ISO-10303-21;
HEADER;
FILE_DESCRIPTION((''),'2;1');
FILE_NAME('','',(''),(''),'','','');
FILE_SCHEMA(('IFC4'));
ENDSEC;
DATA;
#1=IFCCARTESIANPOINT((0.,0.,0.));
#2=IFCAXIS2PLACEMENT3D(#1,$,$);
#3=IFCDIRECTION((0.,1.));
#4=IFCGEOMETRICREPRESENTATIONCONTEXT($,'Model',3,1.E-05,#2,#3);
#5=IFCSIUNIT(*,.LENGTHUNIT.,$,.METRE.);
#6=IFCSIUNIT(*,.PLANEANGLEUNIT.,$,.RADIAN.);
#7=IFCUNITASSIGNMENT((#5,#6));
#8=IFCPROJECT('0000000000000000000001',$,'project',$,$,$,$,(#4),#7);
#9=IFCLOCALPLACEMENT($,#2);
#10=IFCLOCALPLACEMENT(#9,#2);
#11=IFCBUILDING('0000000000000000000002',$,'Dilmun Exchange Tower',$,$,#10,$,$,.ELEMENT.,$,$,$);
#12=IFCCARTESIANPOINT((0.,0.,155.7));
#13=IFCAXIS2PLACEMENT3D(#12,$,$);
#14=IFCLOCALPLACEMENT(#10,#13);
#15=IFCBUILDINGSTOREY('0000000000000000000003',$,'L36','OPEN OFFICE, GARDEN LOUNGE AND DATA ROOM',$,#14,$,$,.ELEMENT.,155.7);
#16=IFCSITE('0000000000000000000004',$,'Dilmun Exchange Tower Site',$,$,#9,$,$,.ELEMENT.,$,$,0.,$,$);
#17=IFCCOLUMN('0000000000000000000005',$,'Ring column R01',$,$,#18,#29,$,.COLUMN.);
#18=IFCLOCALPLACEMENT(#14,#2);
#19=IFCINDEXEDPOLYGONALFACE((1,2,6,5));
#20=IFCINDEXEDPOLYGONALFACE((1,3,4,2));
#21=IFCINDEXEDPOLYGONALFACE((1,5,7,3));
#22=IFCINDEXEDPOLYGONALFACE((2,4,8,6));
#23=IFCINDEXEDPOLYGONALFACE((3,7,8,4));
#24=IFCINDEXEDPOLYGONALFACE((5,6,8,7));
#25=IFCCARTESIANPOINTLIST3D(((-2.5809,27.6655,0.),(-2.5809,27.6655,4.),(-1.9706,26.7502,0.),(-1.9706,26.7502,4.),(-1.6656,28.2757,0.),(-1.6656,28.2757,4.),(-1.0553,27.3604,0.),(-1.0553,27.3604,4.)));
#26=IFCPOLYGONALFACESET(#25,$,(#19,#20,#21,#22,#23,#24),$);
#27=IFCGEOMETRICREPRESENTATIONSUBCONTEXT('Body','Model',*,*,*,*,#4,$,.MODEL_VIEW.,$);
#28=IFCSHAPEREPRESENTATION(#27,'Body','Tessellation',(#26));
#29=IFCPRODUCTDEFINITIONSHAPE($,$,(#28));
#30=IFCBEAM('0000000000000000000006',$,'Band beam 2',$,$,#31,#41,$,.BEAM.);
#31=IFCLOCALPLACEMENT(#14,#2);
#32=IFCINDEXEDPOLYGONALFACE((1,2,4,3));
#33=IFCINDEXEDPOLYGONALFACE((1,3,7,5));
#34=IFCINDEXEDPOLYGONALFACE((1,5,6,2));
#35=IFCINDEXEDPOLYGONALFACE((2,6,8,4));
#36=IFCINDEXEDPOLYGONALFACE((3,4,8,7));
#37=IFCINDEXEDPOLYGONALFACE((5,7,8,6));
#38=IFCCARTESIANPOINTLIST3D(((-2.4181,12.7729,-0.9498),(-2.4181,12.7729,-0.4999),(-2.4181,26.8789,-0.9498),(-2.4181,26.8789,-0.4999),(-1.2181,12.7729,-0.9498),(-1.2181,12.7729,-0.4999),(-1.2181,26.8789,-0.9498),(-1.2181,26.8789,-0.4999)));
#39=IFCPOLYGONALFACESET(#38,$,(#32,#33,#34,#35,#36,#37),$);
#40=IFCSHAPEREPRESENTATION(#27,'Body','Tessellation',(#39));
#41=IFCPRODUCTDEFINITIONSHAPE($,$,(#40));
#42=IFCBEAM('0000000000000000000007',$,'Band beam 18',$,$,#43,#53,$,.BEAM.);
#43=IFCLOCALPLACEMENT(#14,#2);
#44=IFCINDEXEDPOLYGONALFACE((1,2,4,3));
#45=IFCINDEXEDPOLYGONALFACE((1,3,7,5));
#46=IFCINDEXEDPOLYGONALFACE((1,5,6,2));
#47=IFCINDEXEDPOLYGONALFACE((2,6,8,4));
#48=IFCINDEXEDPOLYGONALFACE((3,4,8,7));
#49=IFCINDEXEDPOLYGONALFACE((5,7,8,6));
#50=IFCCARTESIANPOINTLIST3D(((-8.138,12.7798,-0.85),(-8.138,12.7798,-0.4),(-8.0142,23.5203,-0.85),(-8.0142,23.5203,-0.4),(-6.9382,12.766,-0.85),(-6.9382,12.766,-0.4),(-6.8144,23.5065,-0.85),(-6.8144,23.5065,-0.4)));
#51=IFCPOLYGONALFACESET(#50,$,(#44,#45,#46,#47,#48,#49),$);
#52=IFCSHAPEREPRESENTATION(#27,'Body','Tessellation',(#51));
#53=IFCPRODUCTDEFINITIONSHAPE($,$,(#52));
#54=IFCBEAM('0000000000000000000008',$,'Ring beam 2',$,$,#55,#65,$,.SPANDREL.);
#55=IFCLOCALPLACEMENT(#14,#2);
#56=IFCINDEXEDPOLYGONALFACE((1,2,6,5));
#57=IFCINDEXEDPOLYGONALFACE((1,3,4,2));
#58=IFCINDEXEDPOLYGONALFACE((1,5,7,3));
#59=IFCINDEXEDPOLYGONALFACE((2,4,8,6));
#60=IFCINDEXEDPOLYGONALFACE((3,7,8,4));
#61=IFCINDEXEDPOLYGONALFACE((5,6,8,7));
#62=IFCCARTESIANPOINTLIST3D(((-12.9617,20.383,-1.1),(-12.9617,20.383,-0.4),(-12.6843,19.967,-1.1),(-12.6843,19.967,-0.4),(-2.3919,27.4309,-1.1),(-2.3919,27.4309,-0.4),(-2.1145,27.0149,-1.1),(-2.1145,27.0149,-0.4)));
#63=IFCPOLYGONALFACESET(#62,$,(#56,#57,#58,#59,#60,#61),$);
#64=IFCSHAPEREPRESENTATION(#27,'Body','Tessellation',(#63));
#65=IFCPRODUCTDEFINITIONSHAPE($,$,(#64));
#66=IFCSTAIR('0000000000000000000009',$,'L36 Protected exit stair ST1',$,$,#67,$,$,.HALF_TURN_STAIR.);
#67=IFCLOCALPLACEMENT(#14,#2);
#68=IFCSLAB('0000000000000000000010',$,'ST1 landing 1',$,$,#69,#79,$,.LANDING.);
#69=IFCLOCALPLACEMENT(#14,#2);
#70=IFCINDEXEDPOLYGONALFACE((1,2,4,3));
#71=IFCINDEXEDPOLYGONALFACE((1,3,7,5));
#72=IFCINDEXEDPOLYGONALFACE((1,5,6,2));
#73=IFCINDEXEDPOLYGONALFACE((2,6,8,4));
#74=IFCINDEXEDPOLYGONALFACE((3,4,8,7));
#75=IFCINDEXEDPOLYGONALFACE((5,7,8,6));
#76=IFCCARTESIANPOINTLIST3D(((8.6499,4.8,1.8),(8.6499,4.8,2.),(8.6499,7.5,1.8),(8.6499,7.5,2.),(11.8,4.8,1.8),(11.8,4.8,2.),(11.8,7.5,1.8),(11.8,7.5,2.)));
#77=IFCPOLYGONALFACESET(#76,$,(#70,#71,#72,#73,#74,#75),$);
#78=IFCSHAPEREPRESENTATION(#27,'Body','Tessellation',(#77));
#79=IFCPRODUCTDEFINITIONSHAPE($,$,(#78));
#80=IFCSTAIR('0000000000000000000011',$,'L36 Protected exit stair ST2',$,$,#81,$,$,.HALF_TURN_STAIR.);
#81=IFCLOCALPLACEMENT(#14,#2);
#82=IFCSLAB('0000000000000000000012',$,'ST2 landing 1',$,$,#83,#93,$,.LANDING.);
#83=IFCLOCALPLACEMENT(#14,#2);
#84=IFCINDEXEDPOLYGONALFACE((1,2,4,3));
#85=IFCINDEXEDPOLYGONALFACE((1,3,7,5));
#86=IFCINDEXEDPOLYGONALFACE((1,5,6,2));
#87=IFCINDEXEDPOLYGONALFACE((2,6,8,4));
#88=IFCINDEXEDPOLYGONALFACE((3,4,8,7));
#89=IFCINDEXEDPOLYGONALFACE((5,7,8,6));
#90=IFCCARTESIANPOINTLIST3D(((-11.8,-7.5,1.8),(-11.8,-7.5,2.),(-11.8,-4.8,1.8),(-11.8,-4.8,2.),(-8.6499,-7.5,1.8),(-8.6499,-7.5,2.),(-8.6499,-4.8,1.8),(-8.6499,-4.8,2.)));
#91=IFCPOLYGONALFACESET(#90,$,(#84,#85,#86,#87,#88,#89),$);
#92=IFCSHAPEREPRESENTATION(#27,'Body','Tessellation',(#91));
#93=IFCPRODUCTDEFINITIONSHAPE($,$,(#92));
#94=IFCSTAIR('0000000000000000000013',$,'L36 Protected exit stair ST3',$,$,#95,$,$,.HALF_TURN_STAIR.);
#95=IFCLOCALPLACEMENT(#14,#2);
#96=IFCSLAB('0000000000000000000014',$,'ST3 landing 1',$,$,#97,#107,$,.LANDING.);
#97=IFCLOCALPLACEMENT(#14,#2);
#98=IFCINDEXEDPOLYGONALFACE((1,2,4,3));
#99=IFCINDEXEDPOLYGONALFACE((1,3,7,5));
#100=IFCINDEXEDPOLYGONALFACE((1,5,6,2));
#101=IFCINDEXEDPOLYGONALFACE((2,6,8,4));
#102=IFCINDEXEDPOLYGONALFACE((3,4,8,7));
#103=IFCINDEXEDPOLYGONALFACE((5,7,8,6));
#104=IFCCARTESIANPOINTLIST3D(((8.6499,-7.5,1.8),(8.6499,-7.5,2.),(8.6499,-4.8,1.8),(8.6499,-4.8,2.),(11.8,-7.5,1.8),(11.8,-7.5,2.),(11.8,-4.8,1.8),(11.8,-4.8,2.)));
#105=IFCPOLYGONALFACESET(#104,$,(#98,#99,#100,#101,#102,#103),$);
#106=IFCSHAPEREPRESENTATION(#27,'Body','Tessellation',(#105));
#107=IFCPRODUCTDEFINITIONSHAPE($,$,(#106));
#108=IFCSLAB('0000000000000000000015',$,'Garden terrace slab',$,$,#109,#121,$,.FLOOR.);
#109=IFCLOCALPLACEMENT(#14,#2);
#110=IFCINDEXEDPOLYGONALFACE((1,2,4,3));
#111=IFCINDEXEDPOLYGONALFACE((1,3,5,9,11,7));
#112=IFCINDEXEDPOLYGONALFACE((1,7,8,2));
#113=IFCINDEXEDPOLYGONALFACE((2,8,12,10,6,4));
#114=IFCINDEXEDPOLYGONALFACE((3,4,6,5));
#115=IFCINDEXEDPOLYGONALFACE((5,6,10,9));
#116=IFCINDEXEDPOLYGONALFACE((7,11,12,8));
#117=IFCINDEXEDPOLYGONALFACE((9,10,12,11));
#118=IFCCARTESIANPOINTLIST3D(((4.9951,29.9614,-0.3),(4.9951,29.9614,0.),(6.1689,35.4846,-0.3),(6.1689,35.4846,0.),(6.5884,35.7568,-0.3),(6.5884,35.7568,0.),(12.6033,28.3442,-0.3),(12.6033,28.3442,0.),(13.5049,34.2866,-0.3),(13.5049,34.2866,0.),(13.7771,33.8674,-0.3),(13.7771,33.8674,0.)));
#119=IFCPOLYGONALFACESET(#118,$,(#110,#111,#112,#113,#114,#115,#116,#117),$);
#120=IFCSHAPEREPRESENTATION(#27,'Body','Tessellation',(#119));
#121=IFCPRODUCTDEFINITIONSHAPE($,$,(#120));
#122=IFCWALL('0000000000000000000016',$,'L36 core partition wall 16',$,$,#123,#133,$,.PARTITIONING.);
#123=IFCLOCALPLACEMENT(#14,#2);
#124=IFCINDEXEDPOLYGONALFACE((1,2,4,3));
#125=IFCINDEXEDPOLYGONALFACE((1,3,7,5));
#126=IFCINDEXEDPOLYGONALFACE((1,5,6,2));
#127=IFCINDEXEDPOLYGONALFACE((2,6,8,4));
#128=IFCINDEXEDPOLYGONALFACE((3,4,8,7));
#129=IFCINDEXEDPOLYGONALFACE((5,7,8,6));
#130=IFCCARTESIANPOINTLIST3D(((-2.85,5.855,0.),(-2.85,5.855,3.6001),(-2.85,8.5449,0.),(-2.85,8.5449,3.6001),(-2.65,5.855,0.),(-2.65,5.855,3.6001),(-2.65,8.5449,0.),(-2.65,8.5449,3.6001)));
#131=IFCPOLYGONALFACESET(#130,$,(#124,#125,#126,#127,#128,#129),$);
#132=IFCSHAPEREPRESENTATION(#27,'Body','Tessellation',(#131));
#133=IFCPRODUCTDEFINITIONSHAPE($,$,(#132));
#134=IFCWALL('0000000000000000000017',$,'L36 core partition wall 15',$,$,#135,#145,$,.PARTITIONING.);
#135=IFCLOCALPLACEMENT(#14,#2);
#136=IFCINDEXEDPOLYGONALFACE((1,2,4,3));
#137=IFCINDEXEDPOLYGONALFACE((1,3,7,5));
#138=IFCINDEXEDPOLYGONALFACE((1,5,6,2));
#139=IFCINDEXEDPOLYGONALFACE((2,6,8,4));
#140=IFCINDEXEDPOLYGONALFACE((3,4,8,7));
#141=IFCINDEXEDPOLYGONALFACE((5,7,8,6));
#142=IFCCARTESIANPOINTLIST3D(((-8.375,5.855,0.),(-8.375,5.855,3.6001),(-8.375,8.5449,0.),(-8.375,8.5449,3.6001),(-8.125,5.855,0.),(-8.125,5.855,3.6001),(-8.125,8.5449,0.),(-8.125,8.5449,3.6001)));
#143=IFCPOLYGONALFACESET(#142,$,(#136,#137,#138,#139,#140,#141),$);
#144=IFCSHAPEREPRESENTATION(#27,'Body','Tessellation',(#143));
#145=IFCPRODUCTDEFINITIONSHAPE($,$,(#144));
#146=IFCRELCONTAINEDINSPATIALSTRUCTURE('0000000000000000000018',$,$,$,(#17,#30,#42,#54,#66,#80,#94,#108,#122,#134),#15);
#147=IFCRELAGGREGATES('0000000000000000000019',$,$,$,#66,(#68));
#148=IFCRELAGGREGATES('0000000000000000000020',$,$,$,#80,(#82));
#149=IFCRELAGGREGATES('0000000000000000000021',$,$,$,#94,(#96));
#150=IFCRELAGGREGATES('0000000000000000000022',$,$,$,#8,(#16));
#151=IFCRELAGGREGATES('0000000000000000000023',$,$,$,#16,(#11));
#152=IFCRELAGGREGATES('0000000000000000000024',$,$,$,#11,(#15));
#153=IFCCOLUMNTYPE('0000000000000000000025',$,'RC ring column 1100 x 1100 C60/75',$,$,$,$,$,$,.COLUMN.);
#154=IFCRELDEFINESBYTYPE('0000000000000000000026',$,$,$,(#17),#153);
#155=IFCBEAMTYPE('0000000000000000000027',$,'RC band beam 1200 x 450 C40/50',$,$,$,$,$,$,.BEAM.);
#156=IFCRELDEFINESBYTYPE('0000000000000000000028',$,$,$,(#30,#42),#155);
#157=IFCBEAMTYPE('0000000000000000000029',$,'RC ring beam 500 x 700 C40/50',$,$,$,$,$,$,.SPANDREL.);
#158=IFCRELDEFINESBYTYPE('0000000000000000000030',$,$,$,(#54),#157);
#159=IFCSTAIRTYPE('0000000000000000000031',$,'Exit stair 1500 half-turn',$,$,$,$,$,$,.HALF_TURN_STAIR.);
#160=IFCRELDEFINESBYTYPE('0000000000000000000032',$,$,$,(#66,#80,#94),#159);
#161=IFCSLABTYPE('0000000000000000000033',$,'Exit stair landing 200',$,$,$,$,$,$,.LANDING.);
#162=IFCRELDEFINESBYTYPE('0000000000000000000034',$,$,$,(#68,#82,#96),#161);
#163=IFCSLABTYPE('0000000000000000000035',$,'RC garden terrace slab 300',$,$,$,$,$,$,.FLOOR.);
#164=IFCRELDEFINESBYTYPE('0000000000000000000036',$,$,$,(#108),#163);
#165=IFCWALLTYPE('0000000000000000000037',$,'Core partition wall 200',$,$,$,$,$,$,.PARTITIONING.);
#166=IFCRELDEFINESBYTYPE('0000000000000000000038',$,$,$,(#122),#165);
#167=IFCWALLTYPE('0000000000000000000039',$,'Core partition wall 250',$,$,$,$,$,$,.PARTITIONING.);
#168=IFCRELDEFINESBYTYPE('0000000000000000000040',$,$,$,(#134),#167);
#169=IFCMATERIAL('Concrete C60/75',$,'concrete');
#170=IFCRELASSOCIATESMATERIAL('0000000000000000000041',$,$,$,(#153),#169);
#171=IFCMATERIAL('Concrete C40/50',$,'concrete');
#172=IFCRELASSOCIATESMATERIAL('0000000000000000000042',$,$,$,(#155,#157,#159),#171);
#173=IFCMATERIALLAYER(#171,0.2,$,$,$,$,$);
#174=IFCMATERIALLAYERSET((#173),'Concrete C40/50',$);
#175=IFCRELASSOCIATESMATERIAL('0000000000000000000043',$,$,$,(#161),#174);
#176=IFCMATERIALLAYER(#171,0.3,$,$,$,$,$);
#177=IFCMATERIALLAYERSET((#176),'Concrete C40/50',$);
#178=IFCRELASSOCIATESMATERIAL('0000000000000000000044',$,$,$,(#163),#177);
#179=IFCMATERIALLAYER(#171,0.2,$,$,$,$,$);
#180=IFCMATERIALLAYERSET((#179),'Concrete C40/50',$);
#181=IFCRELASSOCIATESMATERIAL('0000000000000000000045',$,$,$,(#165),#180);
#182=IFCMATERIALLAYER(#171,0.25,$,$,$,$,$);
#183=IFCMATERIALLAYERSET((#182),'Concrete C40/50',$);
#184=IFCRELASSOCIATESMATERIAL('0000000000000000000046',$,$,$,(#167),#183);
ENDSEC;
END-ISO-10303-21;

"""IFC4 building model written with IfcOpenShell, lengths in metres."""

from ifc_helpers import new_model, si_unit, direction, frame, frame_2d, origin, origin_2d, place, context, subcontext, project, spatial, polyline, rectangle, outline, extrude, material, layer, layer_set, material_profile, profile_set, type_object, element, aggregate, save


model = new_model("IFC4")

# Units and contexts
model_context = context("Model", 3, precision=1e-05, world=origin(), true_north=direction((0.0, 1.0)))
body_context = subcontext(model_context, "Body", "Model", "MODEL_VIEW")
ifc_project = project(units=[si_unit("LENGTHUNIT", "METRE"), si_unit("PLANEANGLEUNIT", "RADIAN")], contexts=[model_context])

# Site, building, storey
site_placement = place(None, origin())
site = spatial("IfcSite", under=ifc_project, at=site_placement, Name="Dilmun Exchange Tower Site", CompositionType="ELEMENT", RefElevation=0.0)
building_placement = place(site_placement, origin())
building = spatial("IfcBuilding", under=site, at=building_placement, Name="Dilmun Exchange Tower", CompositionType="ELEMENT")
storey_placement = place(building_placement, frame((0.0, 0.0, 155.7)))
storey = spatial("IfcBuildingStorey", under=building, at=storey_placement, Name="L36", Description="OPEN OFFICE, GARDEN LOUNGE AND DATA ROOM", CompositionType="ELEMENT", Elevation=155.7)

# Column
ifc_material_1 = material(Name="Concrete C60/75", Category="concrete")
ifc_material_profile_1 = material_profile(ifc_material_1, rectangle(XDim=1.1001, YDim=1.1001, at=origin_2d()), Name="1100 x 1100")
ifc_profile_set_1 = profile_set([ifc_material_profile_1], Name="Concrete C60/75")
column_type = type_object("IfcColumnType", Name="RC ring column 1100 x 1100 C60/75", PredefinedType="COLUMN", material=ifc_profile_set_1)
column_placement = place(storey_placement, frame((-1.8181, 27.5129, 0.0), z_axis=(0.0, 0.0, 1.0), x_axis=(0.832029, 0.554733, 0.0)))
element("IfcColumn", 1, at=column_placement, inside=storey, type_object=column_type, Name="Ring column R01", PredefinedType="COLUMN", context=body_context, shape_type="SweptSolid", body=[
    extrude(rectangle(XDim=1.1001, YDim=1.1001, at=origin_2d()), origin(), (0.0, 0.0, 1.0), 4.0),
])

# Beams
ifc_material_2 = material(Name="Concrete C40/50", Category="concrete")
ifc_material_profile_2 = material_profile(ifc_material_2, rectangle(XDim=1.2, YDim=0.45, at=origin_2d()), Name="1200 x 450")
ifc_profile_set_2 = profile_set([ifc_material_profile_2], Name="Concrete C40/50")
beam_type_1 = type_object("IfcBeamType", Name="RC band beam 1200 x 450 C40/50", PredefinedType="BEAM", material=ifc_profile_set_2)
beam_1_placement = place(storey_placement, frame((-1.8181, 26.8789, -0.7249), z_axis=(0.0, -1.0, 0.0), x_axis=(1.0, 0.0, 0.0)))
element("IfcBeam", 2, at=beam_1_placement, inside=storey, type_object=beam_type_1, Name="Band beam 2", PredefinedType="BEAM", context=body_context, shape_type="SweptSolid", body=[
    extrude(rectangle(XDim=1.2, YDim=0.45, at=origin_2d()), origin(), (0.0, 0.0, 1.0), 14.106),
])
beam_2_placement = place(storey_placement, frame((-7.4143, 23.5134, -0.625), z_axis=(-0.011524, -0.999934, 0.0), x_axis=(0.999934, -0.011524, 0.0)))
element("IfcBeam", 3, at=beam_2_placement, inside=storey, type_object=beam_type_1, Name="Band beam 18", PredefinedType="BEAM", context=body_context, shape_type="SweptSolid", body=[
    extrude(rectangle(XDim=1.2, YDim=0.45, at=origin_2d()), origin(), (0.0, 0.0, 1.0), 10.7412),
])
ifc_material_profile_3 = material_profile(ifc_material_2, rectangle(XDim=0.5, YDim=0.7, at=origin_2d()), Name="500 x 700")
ifc_profile_set_3 = profile_set([ifc_material_profile_3], Name="Concrete C40/50")
beam_type_2 = type_object("IfcBeamType", Name="RC ring beam 500 x 700 C40/50", PredefinedType="SPANDREL", material=ifc_profile_set_3)
beam_3_placement = place(storey_placement, frame((-2.2532, 27.2229, -0.75), z_axis=(-0.832003, -0.554771, 0.0), x_axis=(0.554771, -0.832003, 0.0)))
element("IfcBeam", 4, at=beam_3_placement, inside=storey, type_object=beam_type_2, Name="Ring beam 2", PredefinedType="SPANDREL", context=body_context, shape_type="SweptSolid", body=[
    extrude(rectangle(XDim=0.5, YDim=0.7, at=origin_2d()), origin(), (0.0, 0.0, 1.0), 12.7041),
])

# Stairs, slabs
stair_type = type_object("IfcStairType", Name="Exit stair 1500 half-turn", PredefinedType="HALF_TURN_STAIR", material=ifc_material_2)
stair_1_placement = place(storey_placement, origin())
stair_1 = element("IfcStair", 5, at=stair_1_placement, inside=storey, type_object=stair_type, Name="L36 Protected exit stair ST1", PredefinedType="HALF_TURN_STAIR")
ifc_layer_1 = layer(ifc_material_2, 0.2)
ifc_layer_set_1 = layer_set([ifc_layer_1], Name="Concrete C40/50")
slab_type_1 = type_object("IfcSlabType", Name="Exit stair landing 200", PredefinedType="LANDING", material=ifc_layer_set_1)
slab_1_placement = place(storey_placement, frame((0.0, 0.0, 1.8)))
slab_1 = element("IfcSlab", 6, at=slab_1_placement, type_object=slab_type_1, Name="ST1 landing 1", PredefinedType="LANDING", context=body_context, shape_type="SweptSolid", body=[
    extrude(outline(polyline([(8.6499, 7.5), (8.6499, 4.8), (11.8, 4.8), (11.8, 7.5), (8.6499, 7.5)])), origin(), (0.0, 0.0, 1.0), 0.2),
])
aggregate(stair_1, [slab_1])
stair_2_placement = place(storey_placement, origin())
stair_2 = element("IfcStair", 7, at=stair_2_placement, inside=storey, type_object=stair_type, Name="L36 Protected exit stair ST2", PredefinedType="HALF_TURN_STAIR")
slab_2_placement = place(storey_placement, frame((0.0, 0.0, 1.8)))
slab_2 = element("IfcSlab", 8, at=slab_2_placement, type_object=slab_type_1, Name="ST2 landing 1", PredefinedType="LANDING", context=body_context, shape_type="SweptSolid", body=[
    extrude(outline(polyline([(-8.6499, -7.5), (-8.6499, -4.8), (-11.8, -4.8), (-11.8, -7.5), (-8.6499, -7.5)])), origin(), (0.0, 0.0, 1.0), 0.2),
])
aggregate(stair_2, [slab_2])
stair_3_placement = place(storey_placement, origin())
stair_3 = element("IfcStair", 9, at=stair_3_placement, inside=storey, type_object=stair_type, Name="L36 Protected exit stair ST3", PredefinedType="HALF_TURN_STAIR")
slab_3_placement = place(storey_placement, frame((0.0, 0.0, 1.8)))
slab_3 = element("IfcSlab", 10, at=slab_3_placement, type_object=slab_type_1, Name="ST3 landing 1", PredefinedType="LANDING", context=body_context, shape_type="SweptSolid", body=[
    extrude(outline(polyline([(11.8, -7.5), (11.8, -4.8), (8.6499, -4.8), (8.6499, -7.5), (11.8, -7.5)])), origin(), (0.0, 0.0, 1.0), 0.2),
])
aggregate(stair_3, [slab_3])

# Slab
ifc_layer_2 = layer(ifc_material_2, 0.3)
ifc_layer_set_2 = layer_set([ifc_layer_2], Name="Concrete C40/50")
slab_type_2 = type_object("IfcSlabType", Name="RC garden terrace slab 300", PredefinedType="FLOOR", material=ifc_layer_set_2)
slab_4_placement = place(storey_placement, frame((0.0, 0.0, -0.3)))
element("IfcSlab", 11, at=slab_4_placement, inside=storey, type_object=slab_type_2, Name="Garden terrace slab", PredefinedType="FLOOR", context=body_context, shape_type="SweptSolid", body=[
    extrude(outline(polyline([(4.9951, 29.9614), (6.1689, 35.4846), (6.5884, 35.7568), (13.5049, 34.2866), (13.7771, 33.8674), (12.6033, 28.3442), (4.9951, 29.9614)])), origin(), (0.0, 0.0, 1.0), 0.3),
])

# Walls
ifc_layer_3 = layer(ifc_material_2, 0.2)
ifc_layer_set_3 = layer_set([ifc_layer_3], Name="Concrete C40/50")
wall_type_1 = type_object("IfcWallType", Name="Core partition wall 200", PredefinedType="PARTITIONING", material=ifc_layer_set_3)
wall_1_placement = place(storey_placement, frame((-2.75, 5.855, 0.0), z_axis=(0.0, 0.0, 1.0), x_axis=(0.0, 1.0, 0.0)))
element("IfcWall", 12, at=wall_1_placement, inside=storey, type_object=wall_type_1, Name="L36 core partition wall 16", PredefinedType="PARTITIONING", context=body_context, shape_type="SweptSolid", body=[
    extrude(rectangle(XDim=2.6899, YDim=0.2, at=frame_2d((1.345, 0.0))), origin(), (0.0, 0.0, 1.0), 3.6001),
])
ifc_layer_4 = layer(ifc_material_2, 0.25)
ifc_layer_set_4 = layer_set([ifc_layer_4], Name="Concrete C40/50")
wall_type_2 = type_object("IfcWallType", Name="Core partition wall 250", PredefinedType="PARTITIONING", material=ifc_layer_set_4)
wall_2_placement = place(storey_placement, frame((-8.25, 5.855, 0.0), z_axis=(0.0, 0.0, 1.0), x_axis=(0.0, 1.0, 0.0)))
element("IfcWall", 13, at=wall_2_placement, inside=storey, type_object=wall_type_2, Name="L36 core partition wall 15", PredefinedType="PARTITIONING", context=body_context, shape_type="SweptSolid", body=[
    extrude(rectangle(XDim=2.6899, YDim=0.25, at=frame_2d((1.345, 0.0))), origin(), (0.0, 0.0, 1.0), 3.6001),
])

save(model, "model.ifc")
